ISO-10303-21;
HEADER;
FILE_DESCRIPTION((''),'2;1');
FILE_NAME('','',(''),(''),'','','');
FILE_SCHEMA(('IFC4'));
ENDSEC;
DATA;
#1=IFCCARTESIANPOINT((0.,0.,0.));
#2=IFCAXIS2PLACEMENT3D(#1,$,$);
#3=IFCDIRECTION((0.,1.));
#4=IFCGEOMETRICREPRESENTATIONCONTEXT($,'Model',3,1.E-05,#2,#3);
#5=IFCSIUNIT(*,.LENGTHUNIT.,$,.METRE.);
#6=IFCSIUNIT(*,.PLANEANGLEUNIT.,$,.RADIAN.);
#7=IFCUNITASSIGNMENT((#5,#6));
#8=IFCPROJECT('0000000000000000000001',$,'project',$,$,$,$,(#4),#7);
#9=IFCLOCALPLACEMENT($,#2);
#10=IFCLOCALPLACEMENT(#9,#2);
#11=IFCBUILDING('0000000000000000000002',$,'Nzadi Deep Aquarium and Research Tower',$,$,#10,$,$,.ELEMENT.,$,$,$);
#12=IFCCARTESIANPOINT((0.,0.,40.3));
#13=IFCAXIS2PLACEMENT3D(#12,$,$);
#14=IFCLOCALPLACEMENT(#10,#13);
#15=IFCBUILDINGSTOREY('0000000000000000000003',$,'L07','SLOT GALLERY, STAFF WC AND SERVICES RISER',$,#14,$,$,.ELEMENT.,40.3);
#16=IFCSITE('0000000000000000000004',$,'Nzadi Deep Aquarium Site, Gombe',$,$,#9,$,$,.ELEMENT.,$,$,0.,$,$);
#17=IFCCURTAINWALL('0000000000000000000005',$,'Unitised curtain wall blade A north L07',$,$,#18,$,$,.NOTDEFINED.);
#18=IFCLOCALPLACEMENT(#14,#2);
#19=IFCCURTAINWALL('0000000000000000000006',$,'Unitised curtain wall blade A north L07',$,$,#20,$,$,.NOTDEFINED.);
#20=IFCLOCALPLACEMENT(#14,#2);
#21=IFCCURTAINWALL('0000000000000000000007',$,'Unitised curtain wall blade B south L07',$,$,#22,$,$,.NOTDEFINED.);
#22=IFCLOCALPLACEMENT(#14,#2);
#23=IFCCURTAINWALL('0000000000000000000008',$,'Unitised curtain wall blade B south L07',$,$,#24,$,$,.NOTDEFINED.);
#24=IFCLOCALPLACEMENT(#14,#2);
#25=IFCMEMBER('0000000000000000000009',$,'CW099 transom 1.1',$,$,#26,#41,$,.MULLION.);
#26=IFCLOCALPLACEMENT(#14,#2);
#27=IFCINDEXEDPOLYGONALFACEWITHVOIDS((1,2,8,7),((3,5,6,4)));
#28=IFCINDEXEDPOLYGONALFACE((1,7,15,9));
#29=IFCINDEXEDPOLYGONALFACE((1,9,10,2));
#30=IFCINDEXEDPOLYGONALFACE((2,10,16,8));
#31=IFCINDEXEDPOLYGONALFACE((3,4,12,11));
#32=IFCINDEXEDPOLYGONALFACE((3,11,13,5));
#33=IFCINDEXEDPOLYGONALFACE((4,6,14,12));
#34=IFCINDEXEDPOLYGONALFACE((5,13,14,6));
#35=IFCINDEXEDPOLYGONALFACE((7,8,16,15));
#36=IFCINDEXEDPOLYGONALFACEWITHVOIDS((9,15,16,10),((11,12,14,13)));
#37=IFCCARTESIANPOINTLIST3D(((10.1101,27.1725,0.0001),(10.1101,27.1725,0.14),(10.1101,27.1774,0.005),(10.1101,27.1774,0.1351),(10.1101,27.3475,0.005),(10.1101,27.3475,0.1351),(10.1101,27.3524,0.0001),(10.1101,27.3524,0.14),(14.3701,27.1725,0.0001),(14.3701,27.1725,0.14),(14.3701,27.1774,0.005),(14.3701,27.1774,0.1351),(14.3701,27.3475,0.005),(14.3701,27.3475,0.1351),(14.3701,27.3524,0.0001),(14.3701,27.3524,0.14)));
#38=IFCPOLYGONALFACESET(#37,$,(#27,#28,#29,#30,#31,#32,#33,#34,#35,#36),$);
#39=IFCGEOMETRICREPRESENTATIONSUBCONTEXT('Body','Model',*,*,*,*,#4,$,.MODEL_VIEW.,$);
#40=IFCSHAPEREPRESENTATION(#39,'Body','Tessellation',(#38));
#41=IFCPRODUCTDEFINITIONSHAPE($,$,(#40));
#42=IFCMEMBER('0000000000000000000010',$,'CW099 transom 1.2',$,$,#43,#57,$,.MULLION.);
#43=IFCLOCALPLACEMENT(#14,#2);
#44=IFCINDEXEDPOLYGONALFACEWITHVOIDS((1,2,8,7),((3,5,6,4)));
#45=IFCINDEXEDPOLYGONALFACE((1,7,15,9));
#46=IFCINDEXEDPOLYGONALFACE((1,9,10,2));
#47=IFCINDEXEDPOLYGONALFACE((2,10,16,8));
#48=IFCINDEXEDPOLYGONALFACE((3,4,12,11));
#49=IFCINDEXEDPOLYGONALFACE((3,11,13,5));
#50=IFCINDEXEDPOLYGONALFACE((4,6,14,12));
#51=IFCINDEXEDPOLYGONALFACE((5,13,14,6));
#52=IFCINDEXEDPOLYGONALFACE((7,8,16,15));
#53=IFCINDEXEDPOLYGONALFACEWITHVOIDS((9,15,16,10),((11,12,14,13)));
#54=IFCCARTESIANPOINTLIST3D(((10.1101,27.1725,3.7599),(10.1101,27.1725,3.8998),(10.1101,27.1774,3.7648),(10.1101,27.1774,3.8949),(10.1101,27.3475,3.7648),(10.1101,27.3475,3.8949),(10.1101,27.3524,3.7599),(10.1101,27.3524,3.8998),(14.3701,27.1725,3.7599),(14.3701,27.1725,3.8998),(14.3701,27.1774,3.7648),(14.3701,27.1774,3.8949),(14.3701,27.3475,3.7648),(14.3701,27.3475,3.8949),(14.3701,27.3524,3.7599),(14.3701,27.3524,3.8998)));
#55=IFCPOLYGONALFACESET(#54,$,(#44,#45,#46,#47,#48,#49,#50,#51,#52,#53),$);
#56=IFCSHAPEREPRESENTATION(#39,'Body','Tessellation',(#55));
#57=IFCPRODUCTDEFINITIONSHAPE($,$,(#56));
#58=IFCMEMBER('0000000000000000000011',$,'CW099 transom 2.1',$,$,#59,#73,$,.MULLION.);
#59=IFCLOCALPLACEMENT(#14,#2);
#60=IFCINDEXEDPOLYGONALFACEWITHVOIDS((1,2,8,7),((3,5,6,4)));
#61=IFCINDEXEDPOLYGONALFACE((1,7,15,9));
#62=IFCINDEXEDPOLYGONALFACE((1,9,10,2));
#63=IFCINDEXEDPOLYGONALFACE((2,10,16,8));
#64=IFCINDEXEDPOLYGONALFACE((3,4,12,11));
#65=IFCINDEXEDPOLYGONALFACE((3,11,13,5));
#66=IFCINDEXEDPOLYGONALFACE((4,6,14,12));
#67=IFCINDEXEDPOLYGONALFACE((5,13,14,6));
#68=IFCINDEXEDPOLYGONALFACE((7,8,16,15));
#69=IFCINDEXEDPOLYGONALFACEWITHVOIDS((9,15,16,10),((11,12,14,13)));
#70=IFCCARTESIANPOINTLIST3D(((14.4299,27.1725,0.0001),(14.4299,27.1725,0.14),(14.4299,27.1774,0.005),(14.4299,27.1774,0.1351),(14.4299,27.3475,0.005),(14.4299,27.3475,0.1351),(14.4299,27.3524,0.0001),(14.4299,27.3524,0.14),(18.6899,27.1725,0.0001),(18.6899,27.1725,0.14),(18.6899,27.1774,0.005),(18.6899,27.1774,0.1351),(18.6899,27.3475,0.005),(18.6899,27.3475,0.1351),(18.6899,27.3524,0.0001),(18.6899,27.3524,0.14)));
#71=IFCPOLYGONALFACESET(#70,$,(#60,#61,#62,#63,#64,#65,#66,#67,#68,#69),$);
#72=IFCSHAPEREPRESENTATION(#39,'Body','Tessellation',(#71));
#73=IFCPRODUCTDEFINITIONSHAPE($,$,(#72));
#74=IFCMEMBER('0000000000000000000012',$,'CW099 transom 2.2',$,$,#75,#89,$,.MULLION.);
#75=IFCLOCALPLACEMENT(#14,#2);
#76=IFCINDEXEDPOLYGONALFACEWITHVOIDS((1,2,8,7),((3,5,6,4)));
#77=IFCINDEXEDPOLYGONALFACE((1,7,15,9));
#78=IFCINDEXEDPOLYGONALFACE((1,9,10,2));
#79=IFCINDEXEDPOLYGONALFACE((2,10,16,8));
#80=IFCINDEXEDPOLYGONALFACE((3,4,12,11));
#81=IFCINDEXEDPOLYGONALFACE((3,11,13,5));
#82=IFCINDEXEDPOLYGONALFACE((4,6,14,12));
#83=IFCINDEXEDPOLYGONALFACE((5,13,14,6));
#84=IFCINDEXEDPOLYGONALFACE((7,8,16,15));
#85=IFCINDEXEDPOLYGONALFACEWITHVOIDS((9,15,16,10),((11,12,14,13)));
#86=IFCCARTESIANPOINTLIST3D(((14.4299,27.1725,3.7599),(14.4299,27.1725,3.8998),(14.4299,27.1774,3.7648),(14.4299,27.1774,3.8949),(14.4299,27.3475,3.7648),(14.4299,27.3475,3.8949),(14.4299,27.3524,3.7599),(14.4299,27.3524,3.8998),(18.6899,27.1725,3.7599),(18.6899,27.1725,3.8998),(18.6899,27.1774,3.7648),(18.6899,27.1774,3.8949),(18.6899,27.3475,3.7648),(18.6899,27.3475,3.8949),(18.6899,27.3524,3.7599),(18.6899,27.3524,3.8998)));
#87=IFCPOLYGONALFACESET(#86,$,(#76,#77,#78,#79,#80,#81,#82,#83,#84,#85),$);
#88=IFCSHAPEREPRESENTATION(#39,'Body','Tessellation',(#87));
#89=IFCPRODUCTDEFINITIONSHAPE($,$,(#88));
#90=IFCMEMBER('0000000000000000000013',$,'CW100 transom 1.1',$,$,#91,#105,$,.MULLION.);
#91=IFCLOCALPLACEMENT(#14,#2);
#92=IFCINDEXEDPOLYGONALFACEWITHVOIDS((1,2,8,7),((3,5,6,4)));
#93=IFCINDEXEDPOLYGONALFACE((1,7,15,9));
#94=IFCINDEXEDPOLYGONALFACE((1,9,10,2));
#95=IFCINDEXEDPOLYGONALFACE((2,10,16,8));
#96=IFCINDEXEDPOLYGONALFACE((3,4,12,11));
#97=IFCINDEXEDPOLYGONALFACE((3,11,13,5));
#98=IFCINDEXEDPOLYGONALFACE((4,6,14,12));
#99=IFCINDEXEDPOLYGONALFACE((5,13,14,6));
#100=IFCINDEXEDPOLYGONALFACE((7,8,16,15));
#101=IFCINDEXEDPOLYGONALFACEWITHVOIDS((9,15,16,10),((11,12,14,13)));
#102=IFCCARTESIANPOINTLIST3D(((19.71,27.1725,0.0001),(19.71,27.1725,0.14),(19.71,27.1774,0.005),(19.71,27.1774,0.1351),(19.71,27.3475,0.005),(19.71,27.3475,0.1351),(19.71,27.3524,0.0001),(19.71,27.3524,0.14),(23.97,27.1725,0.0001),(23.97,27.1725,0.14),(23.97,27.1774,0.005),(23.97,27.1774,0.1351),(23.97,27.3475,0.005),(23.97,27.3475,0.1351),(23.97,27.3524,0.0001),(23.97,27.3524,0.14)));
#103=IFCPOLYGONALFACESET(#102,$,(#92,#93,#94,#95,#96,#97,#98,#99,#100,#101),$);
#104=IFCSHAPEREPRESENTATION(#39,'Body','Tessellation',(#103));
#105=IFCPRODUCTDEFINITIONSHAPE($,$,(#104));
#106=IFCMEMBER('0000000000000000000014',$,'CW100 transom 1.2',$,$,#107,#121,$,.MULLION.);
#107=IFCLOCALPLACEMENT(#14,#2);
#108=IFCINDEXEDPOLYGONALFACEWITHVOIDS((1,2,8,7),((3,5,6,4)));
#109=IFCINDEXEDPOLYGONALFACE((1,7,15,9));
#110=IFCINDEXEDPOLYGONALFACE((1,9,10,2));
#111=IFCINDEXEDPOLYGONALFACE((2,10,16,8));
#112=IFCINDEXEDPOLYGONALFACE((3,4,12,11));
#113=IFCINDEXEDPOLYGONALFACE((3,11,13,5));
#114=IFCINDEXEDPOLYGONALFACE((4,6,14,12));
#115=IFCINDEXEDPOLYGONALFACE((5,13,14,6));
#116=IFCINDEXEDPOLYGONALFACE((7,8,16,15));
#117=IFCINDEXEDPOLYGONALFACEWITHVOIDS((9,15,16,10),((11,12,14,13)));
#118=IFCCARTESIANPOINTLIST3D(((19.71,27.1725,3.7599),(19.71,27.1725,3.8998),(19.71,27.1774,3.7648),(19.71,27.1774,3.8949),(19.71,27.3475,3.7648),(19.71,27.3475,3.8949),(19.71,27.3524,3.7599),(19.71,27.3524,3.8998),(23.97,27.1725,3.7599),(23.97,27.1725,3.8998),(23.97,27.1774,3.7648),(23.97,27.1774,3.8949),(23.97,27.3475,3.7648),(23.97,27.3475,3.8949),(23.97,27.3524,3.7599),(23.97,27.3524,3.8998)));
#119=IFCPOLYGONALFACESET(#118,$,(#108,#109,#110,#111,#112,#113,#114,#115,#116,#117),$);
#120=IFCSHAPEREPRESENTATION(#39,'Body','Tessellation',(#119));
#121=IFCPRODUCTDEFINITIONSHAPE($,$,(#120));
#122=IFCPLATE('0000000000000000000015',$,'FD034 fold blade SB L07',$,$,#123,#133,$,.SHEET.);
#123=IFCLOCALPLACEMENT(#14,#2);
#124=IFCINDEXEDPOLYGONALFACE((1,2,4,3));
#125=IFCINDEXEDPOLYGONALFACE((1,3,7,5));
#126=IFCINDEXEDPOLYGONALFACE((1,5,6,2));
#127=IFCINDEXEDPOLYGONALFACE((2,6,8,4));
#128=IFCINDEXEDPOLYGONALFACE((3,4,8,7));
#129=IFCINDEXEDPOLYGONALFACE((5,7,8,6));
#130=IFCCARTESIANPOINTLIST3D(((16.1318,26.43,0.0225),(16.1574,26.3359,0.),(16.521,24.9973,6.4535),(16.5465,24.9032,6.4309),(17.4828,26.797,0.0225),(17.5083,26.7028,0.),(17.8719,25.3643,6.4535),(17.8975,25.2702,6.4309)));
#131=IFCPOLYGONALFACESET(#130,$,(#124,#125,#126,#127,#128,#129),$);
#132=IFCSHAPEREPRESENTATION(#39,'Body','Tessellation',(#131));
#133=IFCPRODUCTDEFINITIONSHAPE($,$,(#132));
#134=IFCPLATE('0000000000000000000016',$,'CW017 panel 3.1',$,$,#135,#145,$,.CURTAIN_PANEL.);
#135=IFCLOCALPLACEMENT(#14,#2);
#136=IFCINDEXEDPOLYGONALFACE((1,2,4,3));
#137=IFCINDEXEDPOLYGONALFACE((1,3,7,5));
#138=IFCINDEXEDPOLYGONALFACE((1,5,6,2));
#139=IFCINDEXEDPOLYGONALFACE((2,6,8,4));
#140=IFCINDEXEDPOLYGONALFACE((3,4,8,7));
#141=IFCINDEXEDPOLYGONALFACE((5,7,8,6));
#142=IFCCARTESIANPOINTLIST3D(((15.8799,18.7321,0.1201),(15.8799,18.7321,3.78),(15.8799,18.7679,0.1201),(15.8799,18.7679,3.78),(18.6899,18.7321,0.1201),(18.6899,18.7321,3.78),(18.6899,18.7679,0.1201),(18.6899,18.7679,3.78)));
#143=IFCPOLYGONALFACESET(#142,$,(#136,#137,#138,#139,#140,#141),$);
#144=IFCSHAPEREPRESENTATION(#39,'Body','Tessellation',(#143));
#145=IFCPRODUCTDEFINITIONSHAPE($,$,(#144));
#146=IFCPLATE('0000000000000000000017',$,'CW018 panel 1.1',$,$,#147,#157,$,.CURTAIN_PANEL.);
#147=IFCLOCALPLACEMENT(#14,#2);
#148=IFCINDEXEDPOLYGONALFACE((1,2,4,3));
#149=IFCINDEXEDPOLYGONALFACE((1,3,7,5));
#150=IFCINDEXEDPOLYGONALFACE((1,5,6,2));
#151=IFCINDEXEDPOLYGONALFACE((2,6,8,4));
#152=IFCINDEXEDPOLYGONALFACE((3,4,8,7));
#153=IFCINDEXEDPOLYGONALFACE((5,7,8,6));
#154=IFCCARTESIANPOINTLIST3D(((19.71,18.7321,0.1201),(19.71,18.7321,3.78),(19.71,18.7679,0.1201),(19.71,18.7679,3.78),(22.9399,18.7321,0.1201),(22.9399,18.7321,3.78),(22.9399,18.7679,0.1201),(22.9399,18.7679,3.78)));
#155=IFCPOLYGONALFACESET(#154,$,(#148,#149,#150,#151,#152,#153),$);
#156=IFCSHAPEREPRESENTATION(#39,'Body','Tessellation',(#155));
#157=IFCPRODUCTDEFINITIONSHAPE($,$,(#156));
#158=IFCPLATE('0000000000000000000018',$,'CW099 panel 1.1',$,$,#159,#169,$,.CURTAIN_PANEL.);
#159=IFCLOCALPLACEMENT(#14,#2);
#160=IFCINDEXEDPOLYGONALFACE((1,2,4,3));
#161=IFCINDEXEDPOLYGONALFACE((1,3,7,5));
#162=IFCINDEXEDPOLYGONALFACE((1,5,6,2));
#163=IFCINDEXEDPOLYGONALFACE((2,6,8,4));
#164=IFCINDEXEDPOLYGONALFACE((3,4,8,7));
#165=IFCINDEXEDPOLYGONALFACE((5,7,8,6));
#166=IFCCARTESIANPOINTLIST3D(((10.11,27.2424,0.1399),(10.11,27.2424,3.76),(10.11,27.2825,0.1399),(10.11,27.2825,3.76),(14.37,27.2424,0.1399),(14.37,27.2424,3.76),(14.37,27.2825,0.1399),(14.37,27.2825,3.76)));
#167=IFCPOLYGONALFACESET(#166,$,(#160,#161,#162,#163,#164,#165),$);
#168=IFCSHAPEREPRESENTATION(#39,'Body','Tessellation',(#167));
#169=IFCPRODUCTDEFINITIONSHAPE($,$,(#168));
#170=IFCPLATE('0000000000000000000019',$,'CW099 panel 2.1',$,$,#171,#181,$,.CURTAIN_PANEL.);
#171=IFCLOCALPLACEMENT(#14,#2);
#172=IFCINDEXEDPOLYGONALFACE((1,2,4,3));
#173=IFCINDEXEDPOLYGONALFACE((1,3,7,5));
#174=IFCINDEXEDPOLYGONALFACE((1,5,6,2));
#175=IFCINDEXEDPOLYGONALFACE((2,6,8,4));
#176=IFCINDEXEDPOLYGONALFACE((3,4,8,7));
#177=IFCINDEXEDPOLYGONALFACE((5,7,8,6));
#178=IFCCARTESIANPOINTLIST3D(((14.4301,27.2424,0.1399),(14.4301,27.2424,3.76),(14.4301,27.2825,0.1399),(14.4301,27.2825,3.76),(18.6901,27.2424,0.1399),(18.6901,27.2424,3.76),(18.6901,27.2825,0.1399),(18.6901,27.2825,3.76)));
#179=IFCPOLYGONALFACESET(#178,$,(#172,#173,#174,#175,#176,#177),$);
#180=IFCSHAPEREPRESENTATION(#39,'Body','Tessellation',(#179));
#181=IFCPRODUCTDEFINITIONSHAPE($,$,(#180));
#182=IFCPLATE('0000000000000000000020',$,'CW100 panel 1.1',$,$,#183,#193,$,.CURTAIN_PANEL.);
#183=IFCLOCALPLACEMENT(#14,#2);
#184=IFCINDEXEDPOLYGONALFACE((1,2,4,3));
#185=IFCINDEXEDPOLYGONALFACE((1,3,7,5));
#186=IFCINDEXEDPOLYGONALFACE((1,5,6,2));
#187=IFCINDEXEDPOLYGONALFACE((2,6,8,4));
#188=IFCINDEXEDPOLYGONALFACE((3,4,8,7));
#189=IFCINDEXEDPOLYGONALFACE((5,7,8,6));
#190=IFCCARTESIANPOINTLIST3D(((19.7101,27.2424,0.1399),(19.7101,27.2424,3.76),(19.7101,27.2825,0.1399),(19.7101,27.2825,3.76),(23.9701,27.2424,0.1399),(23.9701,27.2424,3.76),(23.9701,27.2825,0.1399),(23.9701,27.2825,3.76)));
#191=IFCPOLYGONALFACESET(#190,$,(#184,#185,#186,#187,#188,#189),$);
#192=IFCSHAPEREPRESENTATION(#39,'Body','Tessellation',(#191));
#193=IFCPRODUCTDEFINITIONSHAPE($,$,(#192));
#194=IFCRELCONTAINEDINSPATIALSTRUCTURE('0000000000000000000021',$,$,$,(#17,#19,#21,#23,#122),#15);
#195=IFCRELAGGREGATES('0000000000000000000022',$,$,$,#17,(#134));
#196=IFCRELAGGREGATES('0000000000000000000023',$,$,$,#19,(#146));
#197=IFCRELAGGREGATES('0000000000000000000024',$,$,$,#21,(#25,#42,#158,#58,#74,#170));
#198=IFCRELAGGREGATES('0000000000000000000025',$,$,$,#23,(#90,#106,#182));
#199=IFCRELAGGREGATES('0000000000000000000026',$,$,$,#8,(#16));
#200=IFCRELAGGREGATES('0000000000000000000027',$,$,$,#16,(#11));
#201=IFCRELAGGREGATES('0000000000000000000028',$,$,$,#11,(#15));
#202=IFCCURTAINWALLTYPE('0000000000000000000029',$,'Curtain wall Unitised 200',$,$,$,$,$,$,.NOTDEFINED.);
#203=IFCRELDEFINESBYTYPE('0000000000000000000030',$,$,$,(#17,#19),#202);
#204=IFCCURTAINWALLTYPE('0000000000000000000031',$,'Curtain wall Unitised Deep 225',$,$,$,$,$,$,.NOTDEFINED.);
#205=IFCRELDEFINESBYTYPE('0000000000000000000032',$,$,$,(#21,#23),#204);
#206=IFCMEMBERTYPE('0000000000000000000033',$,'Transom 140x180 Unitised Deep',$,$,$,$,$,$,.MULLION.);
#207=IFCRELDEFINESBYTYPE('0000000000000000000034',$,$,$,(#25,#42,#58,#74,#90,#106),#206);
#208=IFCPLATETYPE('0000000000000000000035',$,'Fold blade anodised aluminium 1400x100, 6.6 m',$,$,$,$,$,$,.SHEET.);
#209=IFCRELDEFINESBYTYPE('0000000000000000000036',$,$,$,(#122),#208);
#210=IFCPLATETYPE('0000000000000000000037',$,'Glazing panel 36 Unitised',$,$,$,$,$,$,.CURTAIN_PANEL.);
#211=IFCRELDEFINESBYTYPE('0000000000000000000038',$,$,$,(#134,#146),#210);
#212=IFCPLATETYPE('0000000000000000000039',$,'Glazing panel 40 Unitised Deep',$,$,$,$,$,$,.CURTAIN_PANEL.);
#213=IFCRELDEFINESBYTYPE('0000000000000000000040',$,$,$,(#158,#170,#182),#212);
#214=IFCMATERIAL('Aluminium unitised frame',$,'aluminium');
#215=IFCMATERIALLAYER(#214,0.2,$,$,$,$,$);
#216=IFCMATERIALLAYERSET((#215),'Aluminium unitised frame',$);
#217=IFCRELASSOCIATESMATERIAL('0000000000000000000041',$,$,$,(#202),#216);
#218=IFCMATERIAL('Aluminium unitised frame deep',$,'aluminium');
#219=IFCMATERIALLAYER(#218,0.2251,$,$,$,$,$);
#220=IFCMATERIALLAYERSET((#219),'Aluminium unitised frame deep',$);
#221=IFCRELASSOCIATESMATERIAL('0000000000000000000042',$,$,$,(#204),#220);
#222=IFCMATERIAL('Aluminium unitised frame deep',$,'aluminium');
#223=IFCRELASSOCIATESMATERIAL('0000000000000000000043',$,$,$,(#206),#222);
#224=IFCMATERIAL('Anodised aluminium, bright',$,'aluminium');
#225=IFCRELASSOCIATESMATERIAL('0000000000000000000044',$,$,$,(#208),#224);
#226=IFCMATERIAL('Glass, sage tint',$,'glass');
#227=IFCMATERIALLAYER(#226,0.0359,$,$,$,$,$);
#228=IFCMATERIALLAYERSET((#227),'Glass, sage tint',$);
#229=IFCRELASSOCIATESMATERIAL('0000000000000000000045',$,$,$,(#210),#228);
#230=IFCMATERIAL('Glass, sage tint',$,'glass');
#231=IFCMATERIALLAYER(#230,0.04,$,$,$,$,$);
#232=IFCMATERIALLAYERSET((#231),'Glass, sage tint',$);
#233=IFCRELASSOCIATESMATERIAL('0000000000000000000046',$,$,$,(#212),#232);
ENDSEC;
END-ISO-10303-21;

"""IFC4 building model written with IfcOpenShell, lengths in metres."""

from ifc_helpers import new_model, si_unit, direction, frame, origin, origin_2d, place, context, subcontext, project, spatial, rectangle, hollow_rectangle, extrude, material, layer, layer_set, material_profile, profile_set, type_object, element, aggregate, save


model = new_model("IFC4")

# Units and contexts
model_context = context("Model", 3, precision=1e-05, world=origin(), true_north=direction((0.0, 1.0)))
body_context = subcontext(model_context, "Body", "Model", "MODEL_VIEW")
ifc_project = project(units=[si_unit("LENGTHUNIT", "METRE"), si_unit("PLANEANGLEUNIT", "RADIAN")], contexts=[model_context])

# Site, building, storey
site_placement = place(None, origin())
site = spatial("IfcSite", under=ifc_project, at=site_placement, Name="Nzadi Deep Aquarium Site, Gombe", CompositionType="ELEMENT", RefElevation=0.0)
building_placement = place(site_placement, origin())
building = spatial("IfcBuilding", under=site, at=building_placement, Name="Nzadi Deep Aquarium and Research Tower", CompositionType="ELEMENT")
storey_placement = place(building_placement, frame((0.0, 0.0, 40.3)))
storey = spatial("IfcBuildingStorey", under=building, at=storey_placement, Name="L07", Description="SLOT GALLERY, STAFF WC AND SERVICES RISER", CompositionType="ELEMENT", Elevation=40.3)

# Curtain walls
ifc_material_1 = material(Name="Aluminium unitised frame", Category="aluminium")
ifc_layer_1 = layer(ifc_material_1, 0.2)
ifc_layer_set_1 = layer_set([ifc_layer_1], Name="Aluminium unitised frame")
curtain_wall_type_1 = type_object("IfcCurtainWallType", Name="Curtain wall Unitised 200", PredefinedType="NOTDEFINED", material=ifc_layer_set_1)
curtain_wall_1_placement = place(storey_placement, origin())
curtain_wall_1 = element("IfcCurtainWall", 1, at=curtain_wall_1_placement, inside=storey, type_object=curtain_wall_type_1, Name="Unitised curtain wall blade A north L07", PredefinedType="NOTDEFINED")
curtain_wall_2_placement = place(storey_placement, origin())
curtain_wall_2 = element("IfcCurtainWall", 2, at=curtain_wall_2_placement, inside=storey, type_object=curtain_wall_type_1, Name="Unitised curtain wall blade A north L07", PredefinedType="NOTDEFINED")

# Curtain wall
ifc_material_2 = material(Name="Aluminium unitised frame deep", Category="aluminium")
ifc_layer_2 = layer(ifc_material_2, 0.2251)
ifc_layer_set_2 = layer_set([ifc_layer_2], Name="Aluminium unitised frame deep")
curtain_wall_type_2 = type_object("IfcCurtainWallType", Name="Curtain wall Unitised Deep 225", PredefinedType="NOTDEFINED", material=ifc_layer_set_2)
curtain_wall_3_placement = place(storey_placement, origin())
curtain_wall_3 = element("IfcCurtainWall", 3, at=curtain_wall_3_placement, inside=storey, type_object=curtain_wall_type_2, Name="Unitised curtain wall blade B south L07", PredefinedType="NOTDEFINED")

# Curtain wall
curtain_wall_4_placement = place(storey_placement, origin())
curtain_wall_4 = element("IfcCurtainWall", 4, at=curtain_wall_4_placement, inside=storey, type_object=curtain_wall_type_2, Name="Unitised curtain wall blade B south L07", PredefinedType="NOTDEFINED")

# Members
ifc_material_3 = material(Name="Aluminium unitised frame deep", Category="aluminium")
ifc_material_profile_1 = material_profile(ifc_material_3, hollow_rectangle(XDim=0.1799, YDim=0.1399, WallThickness=0.0049, at=origin_2d()))
ifc_profile_set_1 = profile_set([ifc_material_profile_1], Name="Aluminium unitised frame deep")
member_type_1 = type_object("IfcMemberType", Name="Transom 140x180 Unitised Deep", PredefinedType="MULLION", material=ifc_profile_set_1)
member_1_placement = place(storey_placement, frame((10.1101, 27.2625, 0.0701), z_axis=(1.0, 0.0, 0.0), x_axis=(0.0, 1.0, 0.0)))
member_1 = element("IfcMember", 5, at=member_1_placement, type_object=member_type_1, Name="CW099 transom 1.1", PredefinedType="MULLION", context=body_context, shape_type="SweptSolid", body=[
    extrude(hollow_rectangle(XDim=0.1799, YDim=0.1399, WallThickness=0.0049, at=origin_2d()), origin(), (0.0, 0.0, 1.0), 4.26),
])
member_2_placement = place(storey_placement, frame((10.1101, 27.2625, 3.8298), z_axis=(1.0, 0.0, 0.0), x_axis=(0.0, 1.0, 0.0)))
member_2 = element("IfcMember", 6, at=member_2_placement, type_object=member_type_1, Name="CW099 transom 1.2", PredefinedType="MULLION", context=body_context, shape_type="SweptSolid", body=[
    extrude(hollow_rectangle(XDim=0.1799, YDim=0.1399, WallThickness=0.0049, at=origin_2d()), origin(), (0.0, 0.0, 1.0), 4.26),
])
member_3_placement = place(storey_placement, frame((14.4299, 27.2625, 0.0701), z_axis=(1.0, 0.0, 0.0), x_axis=(0.0, 1.0, 0.0)))
member_3 = element("IfcMember", 7, at=member_3_placement, type_object=member_type_1, Name="CW099 transom 2.1", PredefinedType="MULLION", context=body_context, shape_type="SweptSolid", body=[
    extrude(hollow_rectangle(XDim=0.1799, YDim=0.1399, WallThickness=0.0049, at=origin_2d()), origin(), (0.0, 0.0, 1.0), 4.26),
])
member_4_placement = place(storey_placement, frame((14.4299, 27.2625, 3.8298), z_axis=(1.0, 0.0, 0.0), x_axis=(0.0, 1.0, 0.0)))
member_4 = element("IfcMember", 8, at=member_4_placement, type_object=member_type_1, Name="CW099 transom 2.2", PredefinedType="MULLION", context=body_context, shape_type="SweptSolid", body=[
    extrude(hollow_rectangle(XDim=0.1799, YDim=0.1399, WallThickness=0.0049, at=origin_2d()), origin(), (0.0, 0.0, 1.0), 4.26),
])
member_5_placement = place(storey_placement, frame((19.71, 27.2625, 0.0701), z_axis=(1.0, 0.0, 0.0), x_axis=(0.0, 1.0, 0.0)))
member_5 = element("IfcMember", 9, at=member_5_placement, type_object=member_type_1, Name="CW100 transom 1.1", PredefinedType="MULLION", context=body_context, shape_type="SweptSolid", body=[
    extrude(hollow_rectangle(XDim=0.1799, YDim=0.1399, WallThickness=0.0049, at=origin_2d()), origin(), (0.0, 0.0, 1.0), 4.26),
])
member_6_placement = place(storey_placement, frame((19.71, 27.2625, 3.8298), z_axis=(1.0, 0.0, 0.0), x_axis=(0.0, 1.0, 0.0)))
member_6 = element("IfcMember", 10, at=member_6_placement, type_object=member_type_1, Name="CW100 transom 1.2", PredefinedType="MULLION", context=body_context, shape_type="SweptSolid", body=[
    extrude(hollow_rectangle(XDim=0.1799, YDim=0.1399, WallThickness=0.0049, at=origin_2d()), origin(), (0.0, 0.0, 1.0), 4.26),
])

# Plates
ifc_material_4 = material(Name="Anodised aluminium, bright", Category="aluminium")
ifc_material_profile_2 = material_profile(ifc_material_4, rectangle(XDim=1.3999, YDim=0.1001, at=origin_2d()))
ifc_profile_set_2 = profile_set([ifc_material_profile_2], Name="Anodised aluminium, bright")
plate_type_1 = type_object("IfcPlateType", Name="Fold blade anodised aluminium 1400x100, 6.6 m", PredefinedType="SHEET", material=ifc_profile_set_2)
plate_1_placement = place(storey_placement, frame((16.8201, 26.5664, 0.0112), z_axis=(0.058963, -0.217062, 0.974375), x_axis=(0.965029, 0.262143, 0.0)))
element("IfcPlate", 11, at=plate_1_placement, inside=storey, type_object=plate_type_1, Name="FD034 fold blade SB L07", PredefinedType="SHEET", context=body_context, shape_type="SweptSolid", body=[
    extrude(rectangle(XDim=1.3999, YDim=0.1001, at=origin_2d()), origin(), (0.0, 0.0, 1.0), 6.6001),
])
ifc_material_5 = material(Name="Glass, sage tint", Category="glass")
ifc_layer_3 = layer(ifc_material_5, 0.0359)
ifc_layer_set_3 = layer_set([ifc_layer_3], Name="Glass, sage tint")
plate_type_2 = type_object("IfcPlateType", Name="Glazing panel 36 Unitised", PredefinedType="CURTAIN_PANEL", material=ifc_layer_set_3)
plate_2_placement = place(storey_placement, frame((17.2849, 18.75, 0.1201), z_axis=(0.0, 0.0, 1.0), x_axis=(1.0, 0.0, 0.0)))
plate_2 = element("IfcPlate", 12, at=plate_2_placement, type_object=plate_type_2, Name="CW017 panel 3.1", PredefinedType="CURTAIN_PANEL", context=body_context, shape_type="SweptSolid", body=[
    extrude(rectangle(XDim=2.8101, YDim=0.0359, at=origin_2d()), origin(), (0.0, 0.0, 1.0), 3.6599),
])
aggregate(curtain_wall_1, [plate_2])
plate_3_placement = place(storey_placement, frame((21.325, 18.75, 0.1201), z_axis=(0.0, 0.0, 1.0), x_axis=(1.0, 0.0, 0.0)))
plate_3 = element("IfcPlate", 13, at=plate_3_placement, type_object=plate_type_2, Name="CW018 panel 1.1", PredefinedType="CURTAIN_PANEL", context=body_context, shape_type="SweptSolid", body=[
    extrude(rectangle(XDim=3.23, YDim=0.0359, at=origin_2d()), origin(), (0.0, 0.0, 1.0), 3.6599),
])
aggregate(curtain_wall_2, [plate_3])
ifc_material_6 = material(Name="Glass, sage tint", Category="glass")
ifc_layer_4 = layer(ifc_material_6, 0.04)
ifc_layer_set_4 = layer_set([ifc_layer_4], Name="Glass, sage tint")
plate_type_3 = type_object("IfcPlateType", Name="Glazing panel 40 Unitised Deep", PredefinedType="CURTAIN_PANEL", material=ifc_layer_set_4)
plate_4_placement = place(storey_placement, frame((12.24, 27.2625, 0.1399), z_axis=(0.0, 0.0, 1.0), x_axis=(1.0, 0.0, 0.0)))
plate_4 = element("IfcPlate", 14, at=plate_4_placement, type_object=plate_type_3, Name="CW099 panel 1.1", PredefinedType="CURTAIN_PANEL", context=body_context, shape_type="SweptSolid", body=[
    extrude(rectangle(XDim=4.26, YDim=0.04, at=origin_2d()), origin(), (0.0, 0.0, 1.0), 3.6201),
])
plate_5_placement = place(storey_placement, frame((16.5601, 27.2625, 0.1399), z_axis=(0.0, 0.0, 1.0), x_axis=(1.0, 0.0, 0.0)))
plate_5 = element("IfcPlate", 15, at=plate_5_placement, type_object=plate_type_3, Name="CW099 panel 2.1", PredefinedType="CURTAIN_PANEL", context=body_context, shape_type="SweptSolid", body=[
    extrude(rectangle(XDim=4.26, YDim=0.04, at=origin_2d()), origin(), (0.0, 0.0, 1.0), 3.6201),
])
aggregate(curtain_wall_3, [member_1, member_2, plate_4, member_3, member_4, plate_5])
plate_6_placement = place(storey_placement, frame((21.8401, 27.2625, 0.1399), z_axis=(0.0, 0.0, 1.0), x_axis=(1.0, 0.0, 0.0)))
plate_6 = element("IfcPlate", 16, at=plate_6_placement, type_object=plate_type_3, Name="CW100 panel 1.1", PredefinedType="CURTAIN_PANEL", context=body_context, shape_type="SweptSolid", body=[
    extrude(rectangle(XDim=4.26, YDim=0.04, at=origin_2d()), origin(), (0.0, 0.0, 1.0), 3.6201),
])
aggregate(curtain_wall_4, [member_5, member_6, plate_6])

save(model, "model.ifc")
